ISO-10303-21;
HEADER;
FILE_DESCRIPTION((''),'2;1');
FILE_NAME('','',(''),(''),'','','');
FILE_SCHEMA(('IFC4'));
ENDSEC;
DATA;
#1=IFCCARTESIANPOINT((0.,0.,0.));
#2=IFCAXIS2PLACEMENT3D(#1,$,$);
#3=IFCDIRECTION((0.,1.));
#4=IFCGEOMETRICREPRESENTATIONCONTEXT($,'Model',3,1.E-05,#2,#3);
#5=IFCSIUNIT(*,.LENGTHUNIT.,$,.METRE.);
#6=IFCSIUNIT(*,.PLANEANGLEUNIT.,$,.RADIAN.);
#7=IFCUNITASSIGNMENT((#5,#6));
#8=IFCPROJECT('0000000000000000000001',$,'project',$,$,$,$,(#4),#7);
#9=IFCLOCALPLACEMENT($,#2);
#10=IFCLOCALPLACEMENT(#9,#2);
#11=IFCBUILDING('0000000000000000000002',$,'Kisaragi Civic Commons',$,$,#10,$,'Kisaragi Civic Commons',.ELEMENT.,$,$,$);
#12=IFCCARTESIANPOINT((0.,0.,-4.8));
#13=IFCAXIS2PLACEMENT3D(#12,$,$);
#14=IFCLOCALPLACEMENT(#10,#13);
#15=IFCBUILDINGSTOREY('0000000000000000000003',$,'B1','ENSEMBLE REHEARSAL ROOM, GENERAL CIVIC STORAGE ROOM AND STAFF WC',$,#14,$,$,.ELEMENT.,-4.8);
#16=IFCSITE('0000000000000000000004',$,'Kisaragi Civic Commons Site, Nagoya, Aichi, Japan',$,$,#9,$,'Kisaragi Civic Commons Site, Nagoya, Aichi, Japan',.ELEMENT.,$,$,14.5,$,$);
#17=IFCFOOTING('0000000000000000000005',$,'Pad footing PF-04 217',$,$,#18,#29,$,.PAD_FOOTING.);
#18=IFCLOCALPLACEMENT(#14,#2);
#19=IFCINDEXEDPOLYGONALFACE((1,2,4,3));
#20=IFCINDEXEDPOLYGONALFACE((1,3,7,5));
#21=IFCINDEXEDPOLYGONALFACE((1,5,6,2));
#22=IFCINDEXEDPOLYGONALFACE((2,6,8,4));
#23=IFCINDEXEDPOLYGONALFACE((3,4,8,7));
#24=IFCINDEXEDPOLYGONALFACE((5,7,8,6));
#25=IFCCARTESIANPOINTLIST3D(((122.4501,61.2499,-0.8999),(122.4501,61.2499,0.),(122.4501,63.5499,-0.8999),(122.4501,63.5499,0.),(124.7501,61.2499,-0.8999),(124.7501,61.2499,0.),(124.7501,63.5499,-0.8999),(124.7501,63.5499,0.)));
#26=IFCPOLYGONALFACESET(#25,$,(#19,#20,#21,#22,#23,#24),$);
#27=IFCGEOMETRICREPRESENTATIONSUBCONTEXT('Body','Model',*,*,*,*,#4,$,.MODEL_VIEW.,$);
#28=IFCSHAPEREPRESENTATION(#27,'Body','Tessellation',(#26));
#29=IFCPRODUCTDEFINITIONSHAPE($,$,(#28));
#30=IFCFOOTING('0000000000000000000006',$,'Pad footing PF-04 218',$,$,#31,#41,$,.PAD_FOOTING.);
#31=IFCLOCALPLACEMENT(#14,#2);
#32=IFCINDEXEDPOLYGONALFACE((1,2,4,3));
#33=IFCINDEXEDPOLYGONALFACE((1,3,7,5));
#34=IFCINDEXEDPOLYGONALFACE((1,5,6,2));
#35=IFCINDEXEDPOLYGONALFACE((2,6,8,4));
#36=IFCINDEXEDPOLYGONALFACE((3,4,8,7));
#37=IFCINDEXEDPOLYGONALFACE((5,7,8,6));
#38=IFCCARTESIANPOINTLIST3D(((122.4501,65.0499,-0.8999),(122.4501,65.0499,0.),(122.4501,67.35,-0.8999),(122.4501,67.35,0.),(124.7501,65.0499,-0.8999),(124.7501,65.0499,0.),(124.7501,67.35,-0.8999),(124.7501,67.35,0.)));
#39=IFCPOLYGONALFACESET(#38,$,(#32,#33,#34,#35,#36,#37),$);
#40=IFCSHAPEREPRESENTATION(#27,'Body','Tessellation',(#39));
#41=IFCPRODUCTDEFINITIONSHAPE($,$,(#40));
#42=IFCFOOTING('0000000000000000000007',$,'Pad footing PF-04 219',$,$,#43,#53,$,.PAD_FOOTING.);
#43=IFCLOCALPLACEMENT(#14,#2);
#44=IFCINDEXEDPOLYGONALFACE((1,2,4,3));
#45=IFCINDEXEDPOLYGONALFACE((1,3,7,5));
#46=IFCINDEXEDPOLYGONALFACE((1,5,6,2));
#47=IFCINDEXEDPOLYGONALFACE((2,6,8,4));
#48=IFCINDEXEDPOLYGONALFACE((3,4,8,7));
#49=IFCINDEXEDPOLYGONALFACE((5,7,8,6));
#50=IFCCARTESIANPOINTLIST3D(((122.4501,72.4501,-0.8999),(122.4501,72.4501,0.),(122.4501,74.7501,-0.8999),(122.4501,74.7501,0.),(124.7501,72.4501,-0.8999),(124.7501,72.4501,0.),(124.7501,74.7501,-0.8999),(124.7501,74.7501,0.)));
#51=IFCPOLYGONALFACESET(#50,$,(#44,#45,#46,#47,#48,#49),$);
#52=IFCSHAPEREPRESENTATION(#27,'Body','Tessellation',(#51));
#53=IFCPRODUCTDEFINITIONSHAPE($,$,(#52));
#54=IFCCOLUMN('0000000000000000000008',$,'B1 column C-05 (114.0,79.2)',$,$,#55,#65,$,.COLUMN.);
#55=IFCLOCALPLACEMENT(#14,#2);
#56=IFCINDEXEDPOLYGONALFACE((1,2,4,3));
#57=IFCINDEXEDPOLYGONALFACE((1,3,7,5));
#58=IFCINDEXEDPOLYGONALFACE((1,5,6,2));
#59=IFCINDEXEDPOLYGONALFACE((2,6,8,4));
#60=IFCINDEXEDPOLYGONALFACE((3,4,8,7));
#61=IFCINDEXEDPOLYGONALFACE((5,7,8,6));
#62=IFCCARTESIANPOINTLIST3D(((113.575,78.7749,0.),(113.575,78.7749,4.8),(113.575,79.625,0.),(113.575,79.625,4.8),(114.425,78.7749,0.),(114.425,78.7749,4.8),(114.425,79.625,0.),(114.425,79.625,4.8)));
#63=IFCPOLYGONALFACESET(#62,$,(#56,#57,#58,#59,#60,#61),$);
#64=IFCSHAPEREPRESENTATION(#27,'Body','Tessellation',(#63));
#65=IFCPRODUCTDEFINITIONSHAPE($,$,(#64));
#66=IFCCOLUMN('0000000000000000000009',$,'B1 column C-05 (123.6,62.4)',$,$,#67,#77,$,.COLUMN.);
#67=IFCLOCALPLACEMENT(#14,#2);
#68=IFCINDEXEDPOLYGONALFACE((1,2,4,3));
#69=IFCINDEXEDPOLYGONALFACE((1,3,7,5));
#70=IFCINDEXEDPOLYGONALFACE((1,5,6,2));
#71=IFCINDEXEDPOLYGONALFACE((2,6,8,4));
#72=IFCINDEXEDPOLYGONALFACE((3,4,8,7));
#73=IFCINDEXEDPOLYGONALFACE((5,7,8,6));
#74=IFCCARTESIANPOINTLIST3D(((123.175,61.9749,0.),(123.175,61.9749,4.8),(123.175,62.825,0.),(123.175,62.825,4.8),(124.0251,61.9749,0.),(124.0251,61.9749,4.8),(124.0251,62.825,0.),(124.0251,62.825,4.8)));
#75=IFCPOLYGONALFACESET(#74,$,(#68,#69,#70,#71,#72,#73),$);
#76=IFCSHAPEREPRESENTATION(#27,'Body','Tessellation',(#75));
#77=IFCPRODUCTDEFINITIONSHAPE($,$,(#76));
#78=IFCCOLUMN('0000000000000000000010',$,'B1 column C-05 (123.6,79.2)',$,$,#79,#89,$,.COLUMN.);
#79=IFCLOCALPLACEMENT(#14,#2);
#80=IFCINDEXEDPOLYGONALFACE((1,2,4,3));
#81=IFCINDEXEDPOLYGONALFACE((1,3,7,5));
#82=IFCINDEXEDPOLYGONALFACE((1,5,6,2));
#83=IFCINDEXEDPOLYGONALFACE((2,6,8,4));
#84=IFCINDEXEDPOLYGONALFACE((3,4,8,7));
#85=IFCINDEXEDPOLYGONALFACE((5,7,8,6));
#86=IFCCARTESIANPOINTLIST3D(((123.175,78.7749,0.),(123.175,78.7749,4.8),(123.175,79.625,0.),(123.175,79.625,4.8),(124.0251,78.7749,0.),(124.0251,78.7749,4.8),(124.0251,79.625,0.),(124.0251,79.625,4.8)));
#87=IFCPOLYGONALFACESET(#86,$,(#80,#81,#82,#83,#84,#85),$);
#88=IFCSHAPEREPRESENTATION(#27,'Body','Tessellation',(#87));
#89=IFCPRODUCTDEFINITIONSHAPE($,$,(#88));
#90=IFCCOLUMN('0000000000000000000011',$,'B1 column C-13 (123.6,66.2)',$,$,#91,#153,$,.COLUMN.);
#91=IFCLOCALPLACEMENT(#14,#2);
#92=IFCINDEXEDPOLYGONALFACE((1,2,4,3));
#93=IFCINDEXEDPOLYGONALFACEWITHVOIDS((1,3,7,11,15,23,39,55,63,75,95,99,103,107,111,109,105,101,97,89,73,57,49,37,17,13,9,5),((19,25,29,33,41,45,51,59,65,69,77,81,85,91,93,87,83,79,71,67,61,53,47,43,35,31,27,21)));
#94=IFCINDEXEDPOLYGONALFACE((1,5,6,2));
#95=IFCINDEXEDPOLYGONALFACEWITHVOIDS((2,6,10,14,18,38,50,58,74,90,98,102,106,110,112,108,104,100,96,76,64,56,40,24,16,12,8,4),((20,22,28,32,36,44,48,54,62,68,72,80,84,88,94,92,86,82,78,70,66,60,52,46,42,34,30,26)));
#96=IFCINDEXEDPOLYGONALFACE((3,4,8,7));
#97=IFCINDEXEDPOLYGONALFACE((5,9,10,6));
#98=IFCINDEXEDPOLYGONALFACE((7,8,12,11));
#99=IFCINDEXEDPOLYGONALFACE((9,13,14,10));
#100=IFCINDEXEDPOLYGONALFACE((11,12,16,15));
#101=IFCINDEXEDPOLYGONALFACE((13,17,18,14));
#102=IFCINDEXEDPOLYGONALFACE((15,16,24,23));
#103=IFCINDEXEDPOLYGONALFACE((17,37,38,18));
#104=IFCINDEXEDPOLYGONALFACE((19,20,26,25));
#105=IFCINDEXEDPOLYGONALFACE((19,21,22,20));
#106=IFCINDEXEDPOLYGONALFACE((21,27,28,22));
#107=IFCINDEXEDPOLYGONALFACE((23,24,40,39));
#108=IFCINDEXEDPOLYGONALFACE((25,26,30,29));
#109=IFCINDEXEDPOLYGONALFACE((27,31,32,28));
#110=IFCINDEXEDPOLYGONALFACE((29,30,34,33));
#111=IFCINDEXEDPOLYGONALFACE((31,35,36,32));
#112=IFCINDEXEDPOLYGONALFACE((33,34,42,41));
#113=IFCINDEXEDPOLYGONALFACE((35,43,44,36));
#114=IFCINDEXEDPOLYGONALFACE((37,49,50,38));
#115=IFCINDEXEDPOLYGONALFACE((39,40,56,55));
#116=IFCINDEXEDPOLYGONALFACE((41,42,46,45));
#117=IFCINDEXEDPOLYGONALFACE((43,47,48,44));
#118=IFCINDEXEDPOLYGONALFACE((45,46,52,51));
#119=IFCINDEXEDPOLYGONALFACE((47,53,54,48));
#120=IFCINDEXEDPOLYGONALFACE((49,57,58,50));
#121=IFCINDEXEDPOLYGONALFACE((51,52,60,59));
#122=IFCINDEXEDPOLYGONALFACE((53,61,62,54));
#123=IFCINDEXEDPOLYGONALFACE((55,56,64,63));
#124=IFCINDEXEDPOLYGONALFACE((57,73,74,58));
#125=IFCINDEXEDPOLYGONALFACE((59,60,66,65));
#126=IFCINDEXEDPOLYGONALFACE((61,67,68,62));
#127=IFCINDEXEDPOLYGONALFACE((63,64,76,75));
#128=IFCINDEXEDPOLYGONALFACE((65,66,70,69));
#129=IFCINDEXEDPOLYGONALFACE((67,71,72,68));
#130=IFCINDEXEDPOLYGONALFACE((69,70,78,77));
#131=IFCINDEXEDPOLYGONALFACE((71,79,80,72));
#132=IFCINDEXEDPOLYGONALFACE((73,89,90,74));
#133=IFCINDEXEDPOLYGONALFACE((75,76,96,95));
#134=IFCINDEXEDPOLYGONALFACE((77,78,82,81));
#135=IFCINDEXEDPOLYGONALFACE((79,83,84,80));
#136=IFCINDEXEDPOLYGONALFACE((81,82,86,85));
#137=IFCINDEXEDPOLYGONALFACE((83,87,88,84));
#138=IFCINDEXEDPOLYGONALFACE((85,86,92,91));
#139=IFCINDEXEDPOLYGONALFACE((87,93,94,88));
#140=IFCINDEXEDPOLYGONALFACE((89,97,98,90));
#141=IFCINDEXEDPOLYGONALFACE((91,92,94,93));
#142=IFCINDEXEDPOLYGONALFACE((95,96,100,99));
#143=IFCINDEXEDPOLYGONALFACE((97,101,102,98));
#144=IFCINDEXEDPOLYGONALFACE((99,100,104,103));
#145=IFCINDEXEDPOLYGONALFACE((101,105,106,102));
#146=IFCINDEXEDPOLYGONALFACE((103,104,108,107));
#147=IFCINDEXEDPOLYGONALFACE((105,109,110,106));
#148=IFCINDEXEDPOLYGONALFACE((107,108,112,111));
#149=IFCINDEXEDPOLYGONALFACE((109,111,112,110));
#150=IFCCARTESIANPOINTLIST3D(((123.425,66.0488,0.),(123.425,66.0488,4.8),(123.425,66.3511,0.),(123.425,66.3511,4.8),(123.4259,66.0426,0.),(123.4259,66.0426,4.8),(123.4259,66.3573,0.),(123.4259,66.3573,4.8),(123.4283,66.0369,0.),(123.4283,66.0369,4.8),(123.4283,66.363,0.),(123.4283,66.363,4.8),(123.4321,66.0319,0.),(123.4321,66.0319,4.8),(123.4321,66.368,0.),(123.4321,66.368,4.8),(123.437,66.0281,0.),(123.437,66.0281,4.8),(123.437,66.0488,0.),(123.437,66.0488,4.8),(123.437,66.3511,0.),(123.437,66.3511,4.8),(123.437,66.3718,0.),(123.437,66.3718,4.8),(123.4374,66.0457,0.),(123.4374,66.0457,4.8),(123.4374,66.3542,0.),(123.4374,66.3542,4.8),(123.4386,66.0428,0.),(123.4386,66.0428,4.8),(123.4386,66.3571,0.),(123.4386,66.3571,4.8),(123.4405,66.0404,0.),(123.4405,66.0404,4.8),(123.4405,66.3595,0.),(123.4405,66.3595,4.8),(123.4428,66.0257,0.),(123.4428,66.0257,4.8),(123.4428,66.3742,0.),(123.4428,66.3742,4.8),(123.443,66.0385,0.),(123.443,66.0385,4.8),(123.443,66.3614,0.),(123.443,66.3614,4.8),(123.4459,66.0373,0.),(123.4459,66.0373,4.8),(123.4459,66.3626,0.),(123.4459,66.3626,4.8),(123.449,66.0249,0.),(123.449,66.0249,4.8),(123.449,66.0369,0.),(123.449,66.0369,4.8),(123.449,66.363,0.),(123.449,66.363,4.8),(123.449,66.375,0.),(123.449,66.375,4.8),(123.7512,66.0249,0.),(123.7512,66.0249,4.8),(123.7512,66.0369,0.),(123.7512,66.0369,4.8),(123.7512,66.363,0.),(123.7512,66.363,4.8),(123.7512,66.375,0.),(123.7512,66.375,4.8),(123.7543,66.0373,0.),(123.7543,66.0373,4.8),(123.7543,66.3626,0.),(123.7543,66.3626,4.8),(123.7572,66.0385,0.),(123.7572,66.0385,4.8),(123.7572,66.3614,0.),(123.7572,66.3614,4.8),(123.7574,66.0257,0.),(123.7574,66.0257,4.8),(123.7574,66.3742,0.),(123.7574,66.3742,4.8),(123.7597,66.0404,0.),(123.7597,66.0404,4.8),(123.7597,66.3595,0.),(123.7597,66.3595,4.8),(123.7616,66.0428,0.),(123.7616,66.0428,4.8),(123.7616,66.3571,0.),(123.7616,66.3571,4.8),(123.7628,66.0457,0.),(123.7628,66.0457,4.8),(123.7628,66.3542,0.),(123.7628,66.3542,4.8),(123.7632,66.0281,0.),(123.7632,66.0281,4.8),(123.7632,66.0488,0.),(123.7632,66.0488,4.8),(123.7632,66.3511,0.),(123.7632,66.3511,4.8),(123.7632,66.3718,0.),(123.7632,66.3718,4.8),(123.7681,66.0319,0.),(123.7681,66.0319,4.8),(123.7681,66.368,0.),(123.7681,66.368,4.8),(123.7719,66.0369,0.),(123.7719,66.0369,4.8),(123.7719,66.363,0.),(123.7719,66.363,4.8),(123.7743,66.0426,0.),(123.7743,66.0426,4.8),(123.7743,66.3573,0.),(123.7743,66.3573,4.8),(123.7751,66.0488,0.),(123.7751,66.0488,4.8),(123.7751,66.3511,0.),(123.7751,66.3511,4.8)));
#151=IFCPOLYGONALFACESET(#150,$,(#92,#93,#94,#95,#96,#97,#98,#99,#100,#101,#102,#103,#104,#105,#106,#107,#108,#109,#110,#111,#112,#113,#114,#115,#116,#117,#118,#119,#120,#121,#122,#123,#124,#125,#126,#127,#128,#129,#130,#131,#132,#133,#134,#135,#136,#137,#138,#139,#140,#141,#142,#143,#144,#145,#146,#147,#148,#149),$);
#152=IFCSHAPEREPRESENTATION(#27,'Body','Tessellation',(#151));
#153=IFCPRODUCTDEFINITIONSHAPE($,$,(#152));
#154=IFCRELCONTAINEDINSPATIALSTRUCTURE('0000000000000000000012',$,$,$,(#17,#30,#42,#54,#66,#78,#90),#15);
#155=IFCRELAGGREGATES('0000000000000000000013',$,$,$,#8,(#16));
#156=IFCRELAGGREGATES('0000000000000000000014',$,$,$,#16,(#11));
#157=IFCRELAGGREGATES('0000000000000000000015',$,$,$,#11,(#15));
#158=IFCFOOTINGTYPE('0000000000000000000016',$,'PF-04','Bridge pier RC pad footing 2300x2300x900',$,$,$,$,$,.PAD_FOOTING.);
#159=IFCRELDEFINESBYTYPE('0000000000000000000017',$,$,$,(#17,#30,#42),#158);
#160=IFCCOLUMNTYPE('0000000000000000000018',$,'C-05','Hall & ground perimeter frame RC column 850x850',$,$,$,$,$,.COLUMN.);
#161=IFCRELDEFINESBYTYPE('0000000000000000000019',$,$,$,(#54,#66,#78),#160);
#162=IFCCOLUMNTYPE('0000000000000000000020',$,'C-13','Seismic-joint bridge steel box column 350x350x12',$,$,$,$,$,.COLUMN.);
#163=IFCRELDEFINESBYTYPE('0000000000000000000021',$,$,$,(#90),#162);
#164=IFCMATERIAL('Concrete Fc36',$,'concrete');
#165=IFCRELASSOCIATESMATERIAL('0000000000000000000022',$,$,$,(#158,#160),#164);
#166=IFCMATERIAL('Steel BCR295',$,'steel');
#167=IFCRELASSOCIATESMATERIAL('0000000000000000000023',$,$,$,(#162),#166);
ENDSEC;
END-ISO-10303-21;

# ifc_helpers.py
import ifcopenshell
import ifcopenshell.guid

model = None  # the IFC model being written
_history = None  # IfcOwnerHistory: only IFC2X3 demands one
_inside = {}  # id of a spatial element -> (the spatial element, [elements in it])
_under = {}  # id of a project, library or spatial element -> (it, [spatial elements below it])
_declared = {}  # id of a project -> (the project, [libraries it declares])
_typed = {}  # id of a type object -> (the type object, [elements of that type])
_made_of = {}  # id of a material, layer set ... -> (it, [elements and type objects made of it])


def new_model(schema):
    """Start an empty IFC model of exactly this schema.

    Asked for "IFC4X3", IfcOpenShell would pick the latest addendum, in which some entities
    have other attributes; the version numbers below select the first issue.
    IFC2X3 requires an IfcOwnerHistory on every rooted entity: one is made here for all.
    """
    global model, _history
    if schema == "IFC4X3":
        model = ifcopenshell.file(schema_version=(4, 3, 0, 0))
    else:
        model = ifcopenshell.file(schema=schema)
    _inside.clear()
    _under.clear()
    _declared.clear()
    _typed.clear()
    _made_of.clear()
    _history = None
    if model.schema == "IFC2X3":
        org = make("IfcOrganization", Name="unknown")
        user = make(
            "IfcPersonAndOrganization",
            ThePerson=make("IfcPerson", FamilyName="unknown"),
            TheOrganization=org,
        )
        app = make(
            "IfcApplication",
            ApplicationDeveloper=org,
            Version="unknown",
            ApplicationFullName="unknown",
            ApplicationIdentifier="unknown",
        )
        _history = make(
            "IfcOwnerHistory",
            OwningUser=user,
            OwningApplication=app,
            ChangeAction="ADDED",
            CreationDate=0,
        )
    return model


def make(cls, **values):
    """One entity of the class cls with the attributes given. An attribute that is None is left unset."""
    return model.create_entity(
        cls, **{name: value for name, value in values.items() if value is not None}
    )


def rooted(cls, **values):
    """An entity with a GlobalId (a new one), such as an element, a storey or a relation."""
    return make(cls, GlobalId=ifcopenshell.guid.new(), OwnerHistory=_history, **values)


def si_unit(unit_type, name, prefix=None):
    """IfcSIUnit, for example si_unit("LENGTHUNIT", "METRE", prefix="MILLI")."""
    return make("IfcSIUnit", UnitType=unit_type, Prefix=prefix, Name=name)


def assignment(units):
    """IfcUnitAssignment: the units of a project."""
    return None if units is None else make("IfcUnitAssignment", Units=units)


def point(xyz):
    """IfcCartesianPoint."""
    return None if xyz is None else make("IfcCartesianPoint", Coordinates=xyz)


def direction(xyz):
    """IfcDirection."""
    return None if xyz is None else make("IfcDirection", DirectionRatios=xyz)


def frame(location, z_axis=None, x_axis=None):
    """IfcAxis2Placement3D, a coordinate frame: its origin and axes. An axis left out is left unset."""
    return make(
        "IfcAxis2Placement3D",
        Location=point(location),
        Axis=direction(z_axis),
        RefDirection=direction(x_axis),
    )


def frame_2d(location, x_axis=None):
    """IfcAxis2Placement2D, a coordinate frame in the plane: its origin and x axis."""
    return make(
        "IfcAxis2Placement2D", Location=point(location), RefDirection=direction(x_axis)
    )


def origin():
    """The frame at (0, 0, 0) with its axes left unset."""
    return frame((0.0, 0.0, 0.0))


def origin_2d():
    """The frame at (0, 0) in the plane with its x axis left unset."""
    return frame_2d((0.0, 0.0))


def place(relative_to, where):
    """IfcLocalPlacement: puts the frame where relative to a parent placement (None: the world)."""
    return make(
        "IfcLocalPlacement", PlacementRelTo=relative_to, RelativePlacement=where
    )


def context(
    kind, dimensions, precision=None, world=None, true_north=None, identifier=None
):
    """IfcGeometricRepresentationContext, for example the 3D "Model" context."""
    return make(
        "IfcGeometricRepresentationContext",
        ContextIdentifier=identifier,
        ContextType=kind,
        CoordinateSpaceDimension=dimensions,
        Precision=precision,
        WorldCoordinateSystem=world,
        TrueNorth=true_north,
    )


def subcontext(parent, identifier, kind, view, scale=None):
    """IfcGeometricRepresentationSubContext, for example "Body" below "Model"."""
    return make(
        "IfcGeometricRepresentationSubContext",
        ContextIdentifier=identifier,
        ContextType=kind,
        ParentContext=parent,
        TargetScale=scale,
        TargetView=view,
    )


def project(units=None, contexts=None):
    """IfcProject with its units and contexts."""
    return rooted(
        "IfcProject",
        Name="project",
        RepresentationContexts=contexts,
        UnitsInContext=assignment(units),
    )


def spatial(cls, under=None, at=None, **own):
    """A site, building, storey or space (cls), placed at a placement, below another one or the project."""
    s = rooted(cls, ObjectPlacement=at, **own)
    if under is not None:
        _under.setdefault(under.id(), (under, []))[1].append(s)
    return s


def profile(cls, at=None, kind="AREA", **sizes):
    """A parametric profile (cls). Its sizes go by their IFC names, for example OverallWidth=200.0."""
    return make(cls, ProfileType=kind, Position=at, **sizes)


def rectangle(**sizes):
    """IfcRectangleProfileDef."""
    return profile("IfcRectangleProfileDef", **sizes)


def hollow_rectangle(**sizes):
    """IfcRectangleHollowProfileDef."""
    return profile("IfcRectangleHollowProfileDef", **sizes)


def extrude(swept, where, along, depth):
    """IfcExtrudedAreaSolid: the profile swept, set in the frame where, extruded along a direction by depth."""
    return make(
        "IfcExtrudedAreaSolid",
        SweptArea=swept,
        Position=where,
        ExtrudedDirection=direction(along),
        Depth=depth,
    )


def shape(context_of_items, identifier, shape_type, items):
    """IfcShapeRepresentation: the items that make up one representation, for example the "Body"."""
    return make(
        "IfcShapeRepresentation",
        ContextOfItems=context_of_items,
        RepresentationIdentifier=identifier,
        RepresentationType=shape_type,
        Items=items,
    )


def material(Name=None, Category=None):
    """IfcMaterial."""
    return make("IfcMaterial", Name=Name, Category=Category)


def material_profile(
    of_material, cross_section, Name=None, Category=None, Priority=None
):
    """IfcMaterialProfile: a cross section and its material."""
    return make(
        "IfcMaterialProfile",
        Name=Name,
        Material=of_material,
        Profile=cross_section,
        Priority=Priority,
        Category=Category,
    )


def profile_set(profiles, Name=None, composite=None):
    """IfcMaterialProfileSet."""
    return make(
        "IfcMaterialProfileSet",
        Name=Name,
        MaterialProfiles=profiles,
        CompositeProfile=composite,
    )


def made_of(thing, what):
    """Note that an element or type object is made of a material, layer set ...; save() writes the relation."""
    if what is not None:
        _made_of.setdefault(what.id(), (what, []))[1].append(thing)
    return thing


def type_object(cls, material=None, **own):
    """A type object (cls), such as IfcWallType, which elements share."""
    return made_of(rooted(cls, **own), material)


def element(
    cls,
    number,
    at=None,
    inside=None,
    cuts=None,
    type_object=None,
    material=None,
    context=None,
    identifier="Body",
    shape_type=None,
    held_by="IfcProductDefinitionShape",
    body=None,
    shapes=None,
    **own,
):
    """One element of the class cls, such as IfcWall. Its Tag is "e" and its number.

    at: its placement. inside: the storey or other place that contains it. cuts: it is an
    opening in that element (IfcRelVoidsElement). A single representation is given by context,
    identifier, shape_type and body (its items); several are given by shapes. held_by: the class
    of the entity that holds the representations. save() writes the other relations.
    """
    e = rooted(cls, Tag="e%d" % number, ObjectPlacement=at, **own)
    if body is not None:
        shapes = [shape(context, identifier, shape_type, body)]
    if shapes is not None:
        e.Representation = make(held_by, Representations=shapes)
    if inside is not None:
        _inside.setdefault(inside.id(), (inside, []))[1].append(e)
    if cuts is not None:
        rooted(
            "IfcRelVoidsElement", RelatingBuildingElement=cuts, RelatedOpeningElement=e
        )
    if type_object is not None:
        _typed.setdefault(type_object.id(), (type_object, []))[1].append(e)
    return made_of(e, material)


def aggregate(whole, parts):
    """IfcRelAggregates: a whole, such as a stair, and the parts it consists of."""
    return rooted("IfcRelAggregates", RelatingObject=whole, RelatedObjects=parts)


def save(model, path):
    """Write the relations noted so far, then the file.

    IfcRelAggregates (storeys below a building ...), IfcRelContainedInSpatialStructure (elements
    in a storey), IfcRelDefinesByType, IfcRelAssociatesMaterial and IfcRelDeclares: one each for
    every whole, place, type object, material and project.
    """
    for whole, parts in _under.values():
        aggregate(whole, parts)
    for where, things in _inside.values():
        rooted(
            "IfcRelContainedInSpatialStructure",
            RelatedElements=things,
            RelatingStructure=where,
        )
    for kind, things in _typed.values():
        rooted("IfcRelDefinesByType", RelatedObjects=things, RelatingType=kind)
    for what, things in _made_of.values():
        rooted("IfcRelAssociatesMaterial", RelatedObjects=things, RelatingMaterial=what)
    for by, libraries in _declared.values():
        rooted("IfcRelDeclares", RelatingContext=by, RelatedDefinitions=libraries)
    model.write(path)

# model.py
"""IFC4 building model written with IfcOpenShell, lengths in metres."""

from ifc_helpers import new_model, si_unit, direction, frame, origin, origin_2d, place, context, subcontext, project, spatial, rectangle, hollow_rectangle, extrude, material, material_profile, profile_set, type_object, element, save


model = new_model("IFC4")

# Units and contexts
model_context = context("Model", 3, precision=1e-05, world=origin(), true_north=direction((0.0, 1.0)))
body_context = subcontext(model_context, "Body", "Model", "MODEL_VIEW")
ifc_project = project(units=[si_unit("LENGTHUNIT", "METRE"), si_unit("PLANEANGLEUNIT", "RADIAN")], contexts=[model_context])

# Site, building, storey
site_placement = place(None, origin())
site = spatial("IfcSite", under=ifc_project, at=site_placement, Name="Kisaragi Civic Commons Site, Nagoya, Aichi, Japan", LongName="Kisaragi Civic Commons Site, Nagoya, Aichi, Japan", CompositionType="ELEMENT", RefElevation=14.5)
building_placement = place(site_placement, origin())
building = spatial("IfcBuilding", under=site, at=building_placement, Name="Kisaragi Civic Commons", LongName="Kisaragi Civic Commons", CompositionType="ELEMENT")
storey_placement = place(building_placement, frame((0.0, 0.0, -4.8)))
storey = spatial("IfcBuildingStorey", under=building, at=storey_placement, Name="B1", Description="ENSEMBLE REHEARSAL ROOM, GENERAL CIVIC STORAGE ROOM AND STAFF WC", CompositionType="ELEMENT", Elevation=-4.8)

# Footings
ifc_material_1 = material(Name="Concrete Fc36", Category="concrete")
footing_type_1 = type_object("IfcFootingType", Name="PF-04", Description="Bridge pier RC pad footing 2300x2300x900", PredefinedType="PAD_FOOTING", material=ifc_material_1)
for number, where, z_axis, x_axis, name in (
    (1, (123.6001, 62.3999, -0.8999), (0.0, 0.0, 1.0), (1.0, 0.0, 0.0), "Pad footing PF-04 217"),
    (2, (123.6001, 66.2, -0.8999), (0.0, 0.0, 1.0), (1.0, 0.0, 0.0), "Pad footing PF-04 218"),
    (3, (123.6001, 73.6001, -0.8999), (0.0, 0.0, 1.0), (1.0, 0.0, 0.0), "Pad footing PF-04 219"),
):
    element("IfcFooting", number, at=place(storey_placement, frame(where, z_axis=z_axis, x_axis=x_axis)), inside=storey, type_object=footing_type_1, Name=name, PredefinedType="PAD_FOOTING", context=body_context, shape_type="SweptSolid", body=[
        extrude(rectangle(XDim=2.3, YDim=2.3, at=origin_2d()), origin(), (0.0, 0.0, 1.0), 0.8999),
    ])

# Columns
ifc_material_profile_1 = material_profile(ifc_material_1, rectangle(XDim=0.8501, YDim=0.8501, at=origin_2d()), Name="RC-850x850", Category="concrete")
ifc_profile_set_1 = profile_set([ifc_material_profile_1], Name="Concrete Fc36")
column_type_1 = type_object("IfcColumnType", Name="C-05", Description="Hall & ground perimeter frame RC column 850x850", PredefinedType="COLUMN", material=ifc_profile_set_1)
for number, where, z_axis, x_axis, name in (
    (4, (114.0, 79.2, 0.0), (0.0, 0.0, 1.0), (1.0, 0.0, 0.0), "B1 column C-05 (114.0,79.2)"),
    (5, (123.6001, 62.3999, 0.0), (0.0, 0.0, 1.0), (1.0, 0.0, 0.0), "B1 column C-05 (123.6,62.4)"),
    (6, (123.6001, 79.2, 0.0), (0.0, 0.0, 1.0), (1.0, 0.0, 0.0), "B1 column C-05 (123.6,79.2)"),
):
    element("IfcColumn", number, at=place(storey_placement, frame(where, z_axis=z_axis, x_axis=x_axis)), inside=storey, type_object=column_type_1, Name=name, PredefinedType="COLUMN", context=body_context, shape_type="SweptSolid", body=[
        extrude(rectangle(XDim=0.8501, YDim=0.8501, at=origin_2d()), origin(), (0.0, 0.0, 1.0), 4.8),
    ])
ifc_material_2 = material(Name="Steel BCR295", Category="steel")
ifc_material_profile_2 = material_profile(ifc_material_2, hollow_rectangle(XDim=0.3501, YDim=0.3501, WallThickness=0.012, InnerFilletRadius=0.012, OuterFilletRadius=0.0239, at=origin_2d()), Name="BCR-350x350x12", Category="steel")
ifc_profile_set_2 = profile_set([ifc_material_profile_2], Name="Steel BCR295")
column_type_2 = type_object("IfcColumnType", Name="C-13", Description="Seismic-joint bridge steel box column 350x350x12", PredefinedType="COLUMN", material=ifc_profile_set_2)
for number, where, z_axis, x_axis, name in (
    (7, (123.6001, 66.2, 0.0), (0.0, 0.0, 1.0), (1.0, 0.0, 0.0), "B1 column C-13 (123.6,66.2)"),
):
    element("IfcColumn", number, at=place(storey_placement, frame(where, z_axis=z_axis, x_axis=x_axis)), inside=storey, type_object=column_type_2, Name=name, PredefinedType="COLUMN", context=body_context, shape_type="SweptSolid", body=[
        extrude(hollow_rectangle(XDim=0.3501, YDim=0.3501, WallThickness=0.012, InnerFilletRadius=0.012, OuterFilletRadius=0.0239, at=origin_2d()), origin(), (0.0, 0.0, 1.0), 4.8),
    ])

save(model, "model.ifc")
